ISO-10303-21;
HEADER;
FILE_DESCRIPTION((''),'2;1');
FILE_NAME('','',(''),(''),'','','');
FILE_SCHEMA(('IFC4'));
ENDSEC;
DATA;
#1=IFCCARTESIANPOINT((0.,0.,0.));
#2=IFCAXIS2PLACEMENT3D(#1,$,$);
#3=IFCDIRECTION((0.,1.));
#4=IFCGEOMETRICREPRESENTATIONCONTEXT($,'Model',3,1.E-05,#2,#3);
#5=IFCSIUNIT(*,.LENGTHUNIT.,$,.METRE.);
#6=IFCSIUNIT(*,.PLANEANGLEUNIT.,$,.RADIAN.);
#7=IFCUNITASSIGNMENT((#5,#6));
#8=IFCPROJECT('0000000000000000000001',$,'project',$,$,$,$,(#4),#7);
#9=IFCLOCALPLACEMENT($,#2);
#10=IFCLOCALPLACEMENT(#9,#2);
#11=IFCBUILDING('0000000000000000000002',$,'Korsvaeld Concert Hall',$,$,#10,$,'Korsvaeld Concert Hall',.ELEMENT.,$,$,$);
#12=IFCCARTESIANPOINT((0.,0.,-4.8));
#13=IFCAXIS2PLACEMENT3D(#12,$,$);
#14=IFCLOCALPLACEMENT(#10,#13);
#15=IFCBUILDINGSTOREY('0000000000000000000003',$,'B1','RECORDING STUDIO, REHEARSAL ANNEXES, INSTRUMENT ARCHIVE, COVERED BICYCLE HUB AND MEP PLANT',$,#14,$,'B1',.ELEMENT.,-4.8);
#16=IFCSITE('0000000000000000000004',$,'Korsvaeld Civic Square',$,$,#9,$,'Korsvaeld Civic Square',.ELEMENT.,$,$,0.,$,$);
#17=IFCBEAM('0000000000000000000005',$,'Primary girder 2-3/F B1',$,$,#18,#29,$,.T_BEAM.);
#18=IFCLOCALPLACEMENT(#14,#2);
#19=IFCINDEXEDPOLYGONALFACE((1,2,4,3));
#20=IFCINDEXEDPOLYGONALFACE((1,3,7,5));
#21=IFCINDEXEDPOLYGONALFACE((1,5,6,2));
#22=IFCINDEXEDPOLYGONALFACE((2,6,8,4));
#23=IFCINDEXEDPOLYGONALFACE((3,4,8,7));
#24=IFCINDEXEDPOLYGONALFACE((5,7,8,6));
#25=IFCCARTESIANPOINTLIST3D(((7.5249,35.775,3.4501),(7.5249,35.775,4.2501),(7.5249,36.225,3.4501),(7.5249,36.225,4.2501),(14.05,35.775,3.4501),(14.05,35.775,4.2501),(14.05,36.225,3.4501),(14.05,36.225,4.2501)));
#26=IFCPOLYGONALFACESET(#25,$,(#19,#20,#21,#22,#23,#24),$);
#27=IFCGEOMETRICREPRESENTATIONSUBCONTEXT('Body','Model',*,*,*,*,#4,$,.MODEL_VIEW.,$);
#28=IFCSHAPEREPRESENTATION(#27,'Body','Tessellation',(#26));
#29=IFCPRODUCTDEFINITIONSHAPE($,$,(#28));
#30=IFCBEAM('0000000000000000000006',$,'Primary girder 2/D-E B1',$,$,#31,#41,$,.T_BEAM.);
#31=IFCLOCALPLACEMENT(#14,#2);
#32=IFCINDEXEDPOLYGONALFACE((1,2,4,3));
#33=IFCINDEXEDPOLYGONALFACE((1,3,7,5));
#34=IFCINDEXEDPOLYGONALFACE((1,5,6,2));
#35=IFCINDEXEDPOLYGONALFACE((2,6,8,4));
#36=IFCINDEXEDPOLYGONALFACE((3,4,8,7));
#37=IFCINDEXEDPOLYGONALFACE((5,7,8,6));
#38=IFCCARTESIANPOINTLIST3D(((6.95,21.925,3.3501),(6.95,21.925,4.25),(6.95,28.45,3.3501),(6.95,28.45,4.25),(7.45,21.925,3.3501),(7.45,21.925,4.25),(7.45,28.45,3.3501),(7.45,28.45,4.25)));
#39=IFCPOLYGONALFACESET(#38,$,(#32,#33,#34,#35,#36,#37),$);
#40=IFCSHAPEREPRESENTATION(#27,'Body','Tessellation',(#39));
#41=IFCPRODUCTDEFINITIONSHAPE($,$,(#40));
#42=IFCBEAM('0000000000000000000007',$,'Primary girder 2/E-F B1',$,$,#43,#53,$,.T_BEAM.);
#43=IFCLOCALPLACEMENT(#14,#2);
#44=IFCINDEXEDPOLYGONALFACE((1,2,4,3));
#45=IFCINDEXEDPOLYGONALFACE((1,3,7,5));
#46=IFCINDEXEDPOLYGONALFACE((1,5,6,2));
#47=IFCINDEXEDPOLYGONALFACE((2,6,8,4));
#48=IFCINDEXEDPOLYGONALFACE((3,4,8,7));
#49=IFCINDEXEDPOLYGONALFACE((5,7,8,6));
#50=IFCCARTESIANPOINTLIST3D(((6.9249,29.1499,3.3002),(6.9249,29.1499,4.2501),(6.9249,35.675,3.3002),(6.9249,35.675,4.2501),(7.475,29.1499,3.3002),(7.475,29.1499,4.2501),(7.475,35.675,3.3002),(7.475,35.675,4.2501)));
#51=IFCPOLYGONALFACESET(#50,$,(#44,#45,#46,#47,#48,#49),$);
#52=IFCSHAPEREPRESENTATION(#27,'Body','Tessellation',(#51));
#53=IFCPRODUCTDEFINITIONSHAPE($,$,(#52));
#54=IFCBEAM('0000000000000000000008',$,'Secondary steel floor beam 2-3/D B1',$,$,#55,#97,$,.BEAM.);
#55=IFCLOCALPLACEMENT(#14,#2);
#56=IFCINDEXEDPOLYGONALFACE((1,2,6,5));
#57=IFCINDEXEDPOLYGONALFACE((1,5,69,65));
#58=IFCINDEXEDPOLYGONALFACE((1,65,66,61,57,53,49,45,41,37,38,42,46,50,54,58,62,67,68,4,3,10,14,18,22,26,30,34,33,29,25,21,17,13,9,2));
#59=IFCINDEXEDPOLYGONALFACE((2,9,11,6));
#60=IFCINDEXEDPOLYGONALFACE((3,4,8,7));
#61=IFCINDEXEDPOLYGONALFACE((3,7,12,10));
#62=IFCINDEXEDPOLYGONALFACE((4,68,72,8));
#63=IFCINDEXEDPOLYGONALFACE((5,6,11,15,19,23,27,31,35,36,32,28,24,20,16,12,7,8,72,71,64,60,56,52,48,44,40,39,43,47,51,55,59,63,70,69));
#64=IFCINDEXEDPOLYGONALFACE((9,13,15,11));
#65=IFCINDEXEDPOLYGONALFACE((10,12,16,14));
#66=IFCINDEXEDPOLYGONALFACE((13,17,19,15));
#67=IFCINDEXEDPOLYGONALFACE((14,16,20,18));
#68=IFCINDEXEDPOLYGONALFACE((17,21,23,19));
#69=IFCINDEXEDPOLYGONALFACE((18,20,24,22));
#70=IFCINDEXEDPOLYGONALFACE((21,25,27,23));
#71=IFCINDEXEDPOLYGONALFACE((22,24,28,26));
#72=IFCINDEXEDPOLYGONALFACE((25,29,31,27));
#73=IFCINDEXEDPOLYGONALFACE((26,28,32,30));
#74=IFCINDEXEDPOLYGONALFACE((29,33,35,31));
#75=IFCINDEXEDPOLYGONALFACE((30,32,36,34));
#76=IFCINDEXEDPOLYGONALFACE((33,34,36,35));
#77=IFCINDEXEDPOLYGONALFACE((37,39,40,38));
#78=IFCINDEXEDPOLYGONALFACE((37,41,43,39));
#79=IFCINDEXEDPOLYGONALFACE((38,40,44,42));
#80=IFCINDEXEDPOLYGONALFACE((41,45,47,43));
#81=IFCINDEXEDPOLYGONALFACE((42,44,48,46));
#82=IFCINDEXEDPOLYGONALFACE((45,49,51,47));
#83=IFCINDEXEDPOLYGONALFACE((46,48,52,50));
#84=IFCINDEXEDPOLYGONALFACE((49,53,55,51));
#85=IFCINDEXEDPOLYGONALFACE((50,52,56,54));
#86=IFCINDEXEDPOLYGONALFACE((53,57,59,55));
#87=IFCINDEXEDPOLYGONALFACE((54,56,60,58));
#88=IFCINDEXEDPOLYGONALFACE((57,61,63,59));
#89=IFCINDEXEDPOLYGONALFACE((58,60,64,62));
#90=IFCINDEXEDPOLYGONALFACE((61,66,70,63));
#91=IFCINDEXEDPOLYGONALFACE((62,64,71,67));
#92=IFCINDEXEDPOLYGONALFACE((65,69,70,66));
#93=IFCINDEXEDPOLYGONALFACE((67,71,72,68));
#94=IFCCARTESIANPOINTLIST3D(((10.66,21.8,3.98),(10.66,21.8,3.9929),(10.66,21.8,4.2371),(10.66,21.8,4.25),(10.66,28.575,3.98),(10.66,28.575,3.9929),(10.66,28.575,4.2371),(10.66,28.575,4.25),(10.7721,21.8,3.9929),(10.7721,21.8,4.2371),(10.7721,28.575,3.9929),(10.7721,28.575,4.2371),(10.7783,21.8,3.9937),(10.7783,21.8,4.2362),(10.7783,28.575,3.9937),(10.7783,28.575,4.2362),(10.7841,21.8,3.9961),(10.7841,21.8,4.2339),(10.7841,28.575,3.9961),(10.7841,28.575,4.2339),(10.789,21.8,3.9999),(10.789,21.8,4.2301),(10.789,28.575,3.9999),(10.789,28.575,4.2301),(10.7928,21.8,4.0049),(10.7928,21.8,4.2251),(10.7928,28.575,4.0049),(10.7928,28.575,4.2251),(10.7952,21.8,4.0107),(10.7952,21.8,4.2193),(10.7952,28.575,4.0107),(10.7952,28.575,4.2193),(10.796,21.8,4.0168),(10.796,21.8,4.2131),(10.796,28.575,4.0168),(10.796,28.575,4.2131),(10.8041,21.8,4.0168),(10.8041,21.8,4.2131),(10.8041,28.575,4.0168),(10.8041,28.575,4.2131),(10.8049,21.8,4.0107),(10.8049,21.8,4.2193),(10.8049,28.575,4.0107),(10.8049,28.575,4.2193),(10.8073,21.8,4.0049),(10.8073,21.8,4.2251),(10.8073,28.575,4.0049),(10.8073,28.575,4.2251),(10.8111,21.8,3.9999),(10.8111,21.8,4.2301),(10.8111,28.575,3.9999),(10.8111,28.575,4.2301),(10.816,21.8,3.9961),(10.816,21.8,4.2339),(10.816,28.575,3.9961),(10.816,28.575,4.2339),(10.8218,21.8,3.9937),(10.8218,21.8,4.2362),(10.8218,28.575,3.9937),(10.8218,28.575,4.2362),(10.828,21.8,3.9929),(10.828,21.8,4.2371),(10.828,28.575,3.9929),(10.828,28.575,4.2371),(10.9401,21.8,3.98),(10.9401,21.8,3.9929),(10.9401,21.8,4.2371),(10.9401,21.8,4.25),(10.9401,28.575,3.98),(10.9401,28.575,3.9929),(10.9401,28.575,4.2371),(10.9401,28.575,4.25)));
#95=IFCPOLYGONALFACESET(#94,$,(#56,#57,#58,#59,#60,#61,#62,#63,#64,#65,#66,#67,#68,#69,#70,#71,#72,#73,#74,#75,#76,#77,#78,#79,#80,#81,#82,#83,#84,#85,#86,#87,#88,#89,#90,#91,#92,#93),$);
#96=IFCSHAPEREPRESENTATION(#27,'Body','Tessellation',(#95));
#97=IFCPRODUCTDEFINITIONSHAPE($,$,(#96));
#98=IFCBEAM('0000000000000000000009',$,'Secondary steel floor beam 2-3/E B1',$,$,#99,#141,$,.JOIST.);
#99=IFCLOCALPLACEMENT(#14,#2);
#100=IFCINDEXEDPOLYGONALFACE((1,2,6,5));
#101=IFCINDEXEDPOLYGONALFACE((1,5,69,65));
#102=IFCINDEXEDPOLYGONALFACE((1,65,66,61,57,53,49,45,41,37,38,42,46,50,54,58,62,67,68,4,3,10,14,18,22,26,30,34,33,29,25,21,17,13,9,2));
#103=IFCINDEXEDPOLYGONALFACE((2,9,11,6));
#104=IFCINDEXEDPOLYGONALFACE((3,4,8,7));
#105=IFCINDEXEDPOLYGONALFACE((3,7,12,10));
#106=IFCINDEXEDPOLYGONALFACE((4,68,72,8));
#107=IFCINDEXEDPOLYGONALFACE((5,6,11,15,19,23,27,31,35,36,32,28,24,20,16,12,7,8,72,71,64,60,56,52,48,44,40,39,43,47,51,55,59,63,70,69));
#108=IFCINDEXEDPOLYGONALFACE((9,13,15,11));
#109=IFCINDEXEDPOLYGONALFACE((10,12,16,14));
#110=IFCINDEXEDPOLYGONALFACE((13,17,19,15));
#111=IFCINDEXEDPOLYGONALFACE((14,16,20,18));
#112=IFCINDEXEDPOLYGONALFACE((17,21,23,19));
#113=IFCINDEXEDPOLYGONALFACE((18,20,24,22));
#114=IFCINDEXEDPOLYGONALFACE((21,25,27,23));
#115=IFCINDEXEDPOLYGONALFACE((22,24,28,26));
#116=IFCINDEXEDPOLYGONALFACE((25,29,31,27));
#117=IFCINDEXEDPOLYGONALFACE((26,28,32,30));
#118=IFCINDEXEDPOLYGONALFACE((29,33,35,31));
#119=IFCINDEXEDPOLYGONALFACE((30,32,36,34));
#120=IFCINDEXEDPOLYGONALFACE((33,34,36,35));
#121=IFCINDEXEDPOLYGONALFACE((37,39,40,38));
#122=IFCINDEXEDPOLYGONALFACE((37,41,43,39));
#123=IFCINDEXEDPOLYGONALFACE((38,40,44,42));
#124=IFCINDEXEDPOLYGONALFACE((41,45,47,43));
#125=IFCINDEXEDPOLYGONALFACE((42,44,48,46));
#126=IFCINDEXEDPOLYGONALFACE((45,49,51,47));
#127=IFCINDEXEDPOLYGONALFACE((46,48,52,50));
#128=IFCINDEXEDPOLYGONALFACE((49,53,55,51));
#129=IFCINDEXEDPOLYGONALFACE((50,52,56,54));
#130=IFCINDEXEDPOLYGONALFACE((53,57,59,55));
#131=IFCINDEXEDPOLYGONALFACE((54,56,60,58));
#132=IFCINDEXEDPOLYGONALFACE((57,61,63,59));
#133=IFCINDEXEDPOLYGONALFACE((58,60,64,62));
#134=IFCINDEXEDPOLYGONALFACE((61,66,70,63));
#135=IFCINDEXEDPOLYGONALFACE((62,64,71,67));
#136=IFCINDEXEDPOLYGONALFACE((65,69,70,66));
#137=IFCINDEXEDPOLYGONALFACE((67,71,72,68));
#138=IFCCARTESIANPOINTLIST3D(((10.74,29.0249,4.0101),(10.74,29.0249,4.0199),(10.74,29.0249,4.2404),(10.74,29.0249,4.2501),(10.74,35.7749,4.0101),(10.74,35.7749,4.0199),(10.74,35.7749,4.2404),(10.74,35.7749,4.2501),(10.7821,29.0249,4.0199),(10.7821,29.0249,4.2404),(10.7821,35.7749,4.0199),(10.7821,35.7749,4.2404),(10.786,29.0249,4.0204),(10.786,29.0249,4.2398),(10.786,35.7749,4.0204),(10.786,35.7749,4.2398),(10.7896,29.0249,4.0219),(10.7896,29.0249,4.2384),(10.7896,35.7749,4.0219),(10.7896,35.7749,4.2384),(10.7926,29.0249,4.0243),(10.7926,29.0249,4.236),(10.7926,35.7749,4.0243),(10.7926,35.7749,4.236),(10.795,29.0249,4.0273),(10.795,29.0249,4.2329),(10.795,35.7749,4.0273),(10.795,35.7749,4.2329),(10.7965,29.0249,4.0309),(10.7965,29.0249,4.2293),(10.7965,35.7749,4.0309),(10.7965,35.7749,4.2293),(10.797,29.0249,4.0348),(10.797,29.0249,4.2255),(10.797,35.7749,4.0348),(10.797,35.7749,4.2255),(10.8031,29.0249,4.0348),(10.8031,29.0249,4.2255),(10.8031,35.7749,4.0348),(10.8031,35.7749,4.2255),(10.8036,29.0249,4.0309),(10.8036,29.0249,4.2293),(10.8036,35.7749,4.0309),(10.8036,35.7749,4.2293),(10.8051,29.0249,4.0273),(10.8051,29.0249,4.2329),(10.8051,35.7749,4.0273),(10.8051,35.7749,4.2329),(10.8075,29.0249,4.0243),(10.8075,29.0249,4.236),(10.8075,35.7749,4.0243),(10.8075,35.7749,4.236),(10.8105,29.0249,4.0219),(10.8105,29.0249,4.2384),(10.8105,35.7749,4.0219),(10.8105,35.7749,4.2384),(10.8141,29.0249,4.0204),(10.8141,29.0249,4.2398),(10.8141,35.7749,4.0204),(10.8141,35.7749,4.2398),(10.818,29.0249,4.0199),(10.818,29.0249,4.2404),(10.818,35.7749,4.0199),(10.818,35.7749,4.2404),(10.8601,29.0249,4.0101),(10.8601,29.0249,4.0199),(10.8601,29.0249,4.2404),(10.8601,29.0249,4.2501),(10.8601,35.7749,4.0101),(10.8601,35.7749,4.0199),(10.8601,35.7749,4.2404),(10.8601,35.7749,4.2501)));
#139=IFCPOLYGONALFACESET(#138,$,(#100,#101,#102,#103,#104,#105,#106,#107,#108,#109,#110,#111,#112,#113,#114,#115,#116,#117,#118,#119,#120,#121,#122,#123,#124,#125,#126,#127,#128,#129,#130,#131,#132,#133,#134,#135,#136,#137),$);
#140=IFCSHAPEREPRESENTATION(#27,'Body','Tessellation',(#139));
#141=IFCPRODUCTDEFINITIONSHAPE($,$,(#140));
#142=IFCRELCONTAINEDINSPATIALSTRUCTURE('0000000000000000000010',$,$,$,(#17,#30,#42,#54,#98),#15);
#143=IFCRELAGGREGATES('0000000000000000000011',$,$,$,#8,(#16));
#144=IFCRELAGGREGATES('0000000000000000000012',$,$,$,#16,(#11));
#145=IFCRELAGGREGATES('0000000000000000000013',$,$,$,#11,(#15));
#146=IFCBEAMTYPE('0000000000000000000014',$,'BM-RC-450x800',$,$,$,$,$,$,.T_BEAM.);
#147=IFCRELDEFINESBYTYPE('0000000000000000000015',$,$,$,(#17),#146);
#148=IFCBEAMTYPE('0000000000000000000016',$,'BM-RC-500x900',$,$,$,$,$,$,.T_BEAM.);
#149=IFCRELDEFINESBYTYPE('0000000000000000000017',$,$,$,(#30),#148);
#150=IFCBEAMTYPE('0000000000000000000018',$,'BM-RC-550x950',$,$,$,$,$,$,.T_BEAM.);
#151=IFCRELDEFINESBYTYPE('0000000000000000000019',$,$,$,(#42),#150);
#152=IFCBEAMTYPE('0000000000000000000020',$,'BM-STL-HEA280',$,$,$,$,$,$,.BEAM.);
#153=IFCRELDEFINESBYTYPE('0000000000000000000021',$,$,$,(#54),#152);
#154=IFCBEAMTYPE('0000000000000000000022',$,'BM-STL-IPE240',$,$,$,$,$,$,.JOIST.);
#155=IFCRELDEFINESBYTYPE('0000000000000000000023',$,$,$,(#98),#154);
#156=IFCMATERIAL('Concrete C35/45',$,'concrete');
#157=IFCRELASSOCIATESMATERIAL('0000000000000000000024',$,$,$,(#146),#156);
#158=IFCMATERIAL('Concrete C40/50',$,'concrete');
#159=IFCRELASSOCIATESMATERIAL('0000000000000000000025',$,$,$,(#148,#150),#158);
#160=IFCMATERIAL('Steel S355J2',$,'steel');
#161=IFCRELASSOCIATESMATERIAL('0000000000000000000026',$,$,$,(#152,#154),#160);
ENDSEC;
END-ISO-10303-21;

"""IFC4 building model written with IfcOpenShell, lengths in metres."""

from ifc_helpers import new_model, si_unit, direction, frame, origin, origin_2d, place, context, subcontext, project, spatial, rectangle, i_section, extrude, material, material_profile, profile_set, type_object, element, save


model = new_model("IFC4")

# Units and contexts
model_context = context("Model", 3, precision=1e-05, world=origin(), true_north=direction((0.0, 1.0)))
body_context = subcontext(model_context, "Body", "Model", "MODEL_VIEW")
ifc_project = project(units=[si_unit("LENGTHUNIT", "METRE"), si_unit("PLANEANGLEUNIT", "RADIAN")], contexts=[model_context])

# Site, building, storey
site_placement = place(None, origin())
site = spatial("IfcSite", under=ifc_project, at=site_placement, Name="Korsvaeld Civic Square", LongName="Korsvaeld Civic Square", CompositionType="ELEMENT", RefElevation=0.0)
building_placement = place(site_placement, origin())
building = spatial("IfcBuilding", under=site, at=building_placement, Name="Korsvaeld Concert Hall", LongName="Korsvaeld Concert Hall", CompositionType="ELEMENT")
storey_placement = place(building_placement, frame((0.0, 0.0, -4.8)))
storey = spatial("IfcBuildingStorey", under=building, at=storey_placement, Name="B1", Description="RECORDING STUDIO, REHEARSAL ANNEXES, INSTRUMENT ARCHIVE, COVERED BICYCLE HUB AND MEP PLANT", LongName="B1", CompositionType="ELEMENT", Elevation=-4.8)

# Shared definitions
ifc_material_1 = material(Name="Concrete C35/45", Category="concrete")

# Shared definitions
ifc_material_2 = material(Name="Concrete C40/50", Category="concrete")

# Beams
ifc_material_profile_1 = material_profile(ifc_material_1, rectangle(XDim=0.45, YDim=0.8, at=origin_2d()), Name="RC 450x800")
ifc_profile_set_1 = profile_set([ifc_material_profile_1], Name="Concrete C35/45")
beam_type_1 = type_object("IfcBeamType", Name="BM-RC-450x800", PredefinedType="T_BEAM", material=ifc_profile_set_1)
beam_1_placement = place(storey_placement, frame((7.5249, 36.0, 3.8501), z_axis=(1.0, 0.0, 0.0), x_axis=(0.0, 1.0, 0.0)))
element("IfcBeam", 1, at=beam_1_placement, inside=storey, type_object=beam_type_1, Name="Primary girder 2-3/F B1", PredefinedType="T_BEAM", context=body_context, shape_type="SweptSolid", body=[
    extrude(rectangle(XDim=0.45, YDim=0.8, at=origin_2d()), origin(), (0.0, 0.0, 1.0), 6.5251),
])
ifc_material_profile_2 = material_profile(ifc_material_2, rectangle(XDim=0.5, YDim=0.8999, at=origin_2d()), Name="RC 500x900")
ifc_profile_set_2 = profile_set([ifc_material_profile_2], Name="Concrete C40/50")
beam_type_2 = type_object("IfcBeamType", Name="BM-RC-500x900", PredefinedType="T_BEAM", material=ifc_profile_set_2)
beam_2_placement = place(storey_placement, frame((7.2, 21.925, 3.8), z_axis=(0.0, 1.0, 0.0), x_axis=(-1.0, 0.0, 0.0)))
element("IfcBeam", 2, at=beam_2_placement, inside=storey, type_object=beam_type_2, Name="Primary girder 2/D-E B1", PredefinedType="T_BEAM", context=body_context, shape_type="SweptSolid", body=[
    extrude(rectangle(XDim=0.5, YDim=0.8999, at=origin_2d()), origin(), (0.0, 0.0, 1.0), 6.5249),
])
ifc_material_profile_3 = material_profile(ifc_material_2, rectangle(XDim=0.55, YDim=0.95, at=origin_2d()), Name="RC 550x950")
ifc_profile_set_3 = profile_set([ifc_material_profile_3], Name="Concrete C40/50")
beam_type_3 = type_object("IfcBeamType", Name="BM-RC-550x950", PredefinedType="T_BEAM", material=ifc_profile_set_3)
beam_3_placement = place(storey_placement, frame((7.2, 29.1499, 3.7751), z_axis=(0.0, 1.0, 0.0), x_axis=(-1.0, 0.0, 0.0)))
element("IfcBeam", 3, at=beam_3_placement, inside=storey, type_object=beam_type_3, Name="Primary girder 2/E-F B1", PredefinedType="T_BEAM", context=body_context, shape_type="SweptSolid", body=[
    extrude(rectangle(XDim=0.55, YDim=0.95, at=origin_2d()), origin(), (0.0, 0.0, 1.0), 6.5251),
])
ifc_material_3 = material(Name="Steel S355J2", Category="steel")
ifc_material_profile_4 = material_profile(ifc_material_3, i_section(OverallWidth=0.28, OverallDepth=0.27, WebThickness=0.0081, FlangeThickness=0.0129, FilletRadius=0.0239, at=origin_2d()), Name="HEA 280")
ifc_profile_set_4 = profile_set([ifc_material_profile_4], Name="Steel S355J2")
beam_type_4 = type_object("IfcBeamType", Name="BM-STL-HEA280", PredefinedType="BEAM", material=ifc_profile_set_4)
beam_4_placement = place(storey_placement, frame((10.8, 21.8, 4.115), z_axis=(0.0, 1.0, 0.0), x_axis=(-1.0, 0.0, 0.0)))
element("IfcBeam", 4, at=beam_4_placement, inside=storey, type_object=beam_type_4, Name="Secondary steel floor beam 2-3/D B1", PredefinedType="BEAM", context=body_context, shape_type="SweptSolid", body=[
    extrude(i_section(OverallWidth=0.28, OverallDepth=0.27, WebThickness=0.0081, FlangeThickness=0.0129, FilletRadius=0.0239, at=origin_2d()), origin(), (0.0, 0.0, 1.0), 6.7749),
])
ifc_material_profile_5 = material_profile(ifc_material_3, i_section(OverallWidth=0.1201, OverallDepth=0.24, WebThickness=0.0061, FlangeThickness=0.0098, FilletRadius=0.0149, at=origin_2d()), Name="IPE 240")
ifc_profile_set_5 = profile_set([ifc_material_profile_5], Name="Steel S355J2")
beam_type_5 = type_object("IfcBeamType", Name="BM-STL-IPE240", PredefinedType="JOIST", material=ifc_profile_set_5)
beam_5_placement = place(storey_placement, frame((10.8, 29.0249, 4.1301), z_axis=(0.0, 1.0, 0.0), x_axis=(-1.0, 0.0, 0.0)))
element("IfcBeam", 5, at=beam_5_placement, inside=storey, type_object=beam_type_5, Name="Secondary steel floor beam 2-3/E B1", PredefinedType="JOIST", context=body_context, shape_type="SweptSolid", body=[
    extrude(i_section(OverallWidth=0.1201, OverallDepth=0.24, WebThickness=0.0061, FlangeThickness=0.0098, FilletRadius=0.0149, at=origin_2d()), origin(), (0.0, 0.0, 1.0), 6.75),
])

save(model, "model.ifc")
